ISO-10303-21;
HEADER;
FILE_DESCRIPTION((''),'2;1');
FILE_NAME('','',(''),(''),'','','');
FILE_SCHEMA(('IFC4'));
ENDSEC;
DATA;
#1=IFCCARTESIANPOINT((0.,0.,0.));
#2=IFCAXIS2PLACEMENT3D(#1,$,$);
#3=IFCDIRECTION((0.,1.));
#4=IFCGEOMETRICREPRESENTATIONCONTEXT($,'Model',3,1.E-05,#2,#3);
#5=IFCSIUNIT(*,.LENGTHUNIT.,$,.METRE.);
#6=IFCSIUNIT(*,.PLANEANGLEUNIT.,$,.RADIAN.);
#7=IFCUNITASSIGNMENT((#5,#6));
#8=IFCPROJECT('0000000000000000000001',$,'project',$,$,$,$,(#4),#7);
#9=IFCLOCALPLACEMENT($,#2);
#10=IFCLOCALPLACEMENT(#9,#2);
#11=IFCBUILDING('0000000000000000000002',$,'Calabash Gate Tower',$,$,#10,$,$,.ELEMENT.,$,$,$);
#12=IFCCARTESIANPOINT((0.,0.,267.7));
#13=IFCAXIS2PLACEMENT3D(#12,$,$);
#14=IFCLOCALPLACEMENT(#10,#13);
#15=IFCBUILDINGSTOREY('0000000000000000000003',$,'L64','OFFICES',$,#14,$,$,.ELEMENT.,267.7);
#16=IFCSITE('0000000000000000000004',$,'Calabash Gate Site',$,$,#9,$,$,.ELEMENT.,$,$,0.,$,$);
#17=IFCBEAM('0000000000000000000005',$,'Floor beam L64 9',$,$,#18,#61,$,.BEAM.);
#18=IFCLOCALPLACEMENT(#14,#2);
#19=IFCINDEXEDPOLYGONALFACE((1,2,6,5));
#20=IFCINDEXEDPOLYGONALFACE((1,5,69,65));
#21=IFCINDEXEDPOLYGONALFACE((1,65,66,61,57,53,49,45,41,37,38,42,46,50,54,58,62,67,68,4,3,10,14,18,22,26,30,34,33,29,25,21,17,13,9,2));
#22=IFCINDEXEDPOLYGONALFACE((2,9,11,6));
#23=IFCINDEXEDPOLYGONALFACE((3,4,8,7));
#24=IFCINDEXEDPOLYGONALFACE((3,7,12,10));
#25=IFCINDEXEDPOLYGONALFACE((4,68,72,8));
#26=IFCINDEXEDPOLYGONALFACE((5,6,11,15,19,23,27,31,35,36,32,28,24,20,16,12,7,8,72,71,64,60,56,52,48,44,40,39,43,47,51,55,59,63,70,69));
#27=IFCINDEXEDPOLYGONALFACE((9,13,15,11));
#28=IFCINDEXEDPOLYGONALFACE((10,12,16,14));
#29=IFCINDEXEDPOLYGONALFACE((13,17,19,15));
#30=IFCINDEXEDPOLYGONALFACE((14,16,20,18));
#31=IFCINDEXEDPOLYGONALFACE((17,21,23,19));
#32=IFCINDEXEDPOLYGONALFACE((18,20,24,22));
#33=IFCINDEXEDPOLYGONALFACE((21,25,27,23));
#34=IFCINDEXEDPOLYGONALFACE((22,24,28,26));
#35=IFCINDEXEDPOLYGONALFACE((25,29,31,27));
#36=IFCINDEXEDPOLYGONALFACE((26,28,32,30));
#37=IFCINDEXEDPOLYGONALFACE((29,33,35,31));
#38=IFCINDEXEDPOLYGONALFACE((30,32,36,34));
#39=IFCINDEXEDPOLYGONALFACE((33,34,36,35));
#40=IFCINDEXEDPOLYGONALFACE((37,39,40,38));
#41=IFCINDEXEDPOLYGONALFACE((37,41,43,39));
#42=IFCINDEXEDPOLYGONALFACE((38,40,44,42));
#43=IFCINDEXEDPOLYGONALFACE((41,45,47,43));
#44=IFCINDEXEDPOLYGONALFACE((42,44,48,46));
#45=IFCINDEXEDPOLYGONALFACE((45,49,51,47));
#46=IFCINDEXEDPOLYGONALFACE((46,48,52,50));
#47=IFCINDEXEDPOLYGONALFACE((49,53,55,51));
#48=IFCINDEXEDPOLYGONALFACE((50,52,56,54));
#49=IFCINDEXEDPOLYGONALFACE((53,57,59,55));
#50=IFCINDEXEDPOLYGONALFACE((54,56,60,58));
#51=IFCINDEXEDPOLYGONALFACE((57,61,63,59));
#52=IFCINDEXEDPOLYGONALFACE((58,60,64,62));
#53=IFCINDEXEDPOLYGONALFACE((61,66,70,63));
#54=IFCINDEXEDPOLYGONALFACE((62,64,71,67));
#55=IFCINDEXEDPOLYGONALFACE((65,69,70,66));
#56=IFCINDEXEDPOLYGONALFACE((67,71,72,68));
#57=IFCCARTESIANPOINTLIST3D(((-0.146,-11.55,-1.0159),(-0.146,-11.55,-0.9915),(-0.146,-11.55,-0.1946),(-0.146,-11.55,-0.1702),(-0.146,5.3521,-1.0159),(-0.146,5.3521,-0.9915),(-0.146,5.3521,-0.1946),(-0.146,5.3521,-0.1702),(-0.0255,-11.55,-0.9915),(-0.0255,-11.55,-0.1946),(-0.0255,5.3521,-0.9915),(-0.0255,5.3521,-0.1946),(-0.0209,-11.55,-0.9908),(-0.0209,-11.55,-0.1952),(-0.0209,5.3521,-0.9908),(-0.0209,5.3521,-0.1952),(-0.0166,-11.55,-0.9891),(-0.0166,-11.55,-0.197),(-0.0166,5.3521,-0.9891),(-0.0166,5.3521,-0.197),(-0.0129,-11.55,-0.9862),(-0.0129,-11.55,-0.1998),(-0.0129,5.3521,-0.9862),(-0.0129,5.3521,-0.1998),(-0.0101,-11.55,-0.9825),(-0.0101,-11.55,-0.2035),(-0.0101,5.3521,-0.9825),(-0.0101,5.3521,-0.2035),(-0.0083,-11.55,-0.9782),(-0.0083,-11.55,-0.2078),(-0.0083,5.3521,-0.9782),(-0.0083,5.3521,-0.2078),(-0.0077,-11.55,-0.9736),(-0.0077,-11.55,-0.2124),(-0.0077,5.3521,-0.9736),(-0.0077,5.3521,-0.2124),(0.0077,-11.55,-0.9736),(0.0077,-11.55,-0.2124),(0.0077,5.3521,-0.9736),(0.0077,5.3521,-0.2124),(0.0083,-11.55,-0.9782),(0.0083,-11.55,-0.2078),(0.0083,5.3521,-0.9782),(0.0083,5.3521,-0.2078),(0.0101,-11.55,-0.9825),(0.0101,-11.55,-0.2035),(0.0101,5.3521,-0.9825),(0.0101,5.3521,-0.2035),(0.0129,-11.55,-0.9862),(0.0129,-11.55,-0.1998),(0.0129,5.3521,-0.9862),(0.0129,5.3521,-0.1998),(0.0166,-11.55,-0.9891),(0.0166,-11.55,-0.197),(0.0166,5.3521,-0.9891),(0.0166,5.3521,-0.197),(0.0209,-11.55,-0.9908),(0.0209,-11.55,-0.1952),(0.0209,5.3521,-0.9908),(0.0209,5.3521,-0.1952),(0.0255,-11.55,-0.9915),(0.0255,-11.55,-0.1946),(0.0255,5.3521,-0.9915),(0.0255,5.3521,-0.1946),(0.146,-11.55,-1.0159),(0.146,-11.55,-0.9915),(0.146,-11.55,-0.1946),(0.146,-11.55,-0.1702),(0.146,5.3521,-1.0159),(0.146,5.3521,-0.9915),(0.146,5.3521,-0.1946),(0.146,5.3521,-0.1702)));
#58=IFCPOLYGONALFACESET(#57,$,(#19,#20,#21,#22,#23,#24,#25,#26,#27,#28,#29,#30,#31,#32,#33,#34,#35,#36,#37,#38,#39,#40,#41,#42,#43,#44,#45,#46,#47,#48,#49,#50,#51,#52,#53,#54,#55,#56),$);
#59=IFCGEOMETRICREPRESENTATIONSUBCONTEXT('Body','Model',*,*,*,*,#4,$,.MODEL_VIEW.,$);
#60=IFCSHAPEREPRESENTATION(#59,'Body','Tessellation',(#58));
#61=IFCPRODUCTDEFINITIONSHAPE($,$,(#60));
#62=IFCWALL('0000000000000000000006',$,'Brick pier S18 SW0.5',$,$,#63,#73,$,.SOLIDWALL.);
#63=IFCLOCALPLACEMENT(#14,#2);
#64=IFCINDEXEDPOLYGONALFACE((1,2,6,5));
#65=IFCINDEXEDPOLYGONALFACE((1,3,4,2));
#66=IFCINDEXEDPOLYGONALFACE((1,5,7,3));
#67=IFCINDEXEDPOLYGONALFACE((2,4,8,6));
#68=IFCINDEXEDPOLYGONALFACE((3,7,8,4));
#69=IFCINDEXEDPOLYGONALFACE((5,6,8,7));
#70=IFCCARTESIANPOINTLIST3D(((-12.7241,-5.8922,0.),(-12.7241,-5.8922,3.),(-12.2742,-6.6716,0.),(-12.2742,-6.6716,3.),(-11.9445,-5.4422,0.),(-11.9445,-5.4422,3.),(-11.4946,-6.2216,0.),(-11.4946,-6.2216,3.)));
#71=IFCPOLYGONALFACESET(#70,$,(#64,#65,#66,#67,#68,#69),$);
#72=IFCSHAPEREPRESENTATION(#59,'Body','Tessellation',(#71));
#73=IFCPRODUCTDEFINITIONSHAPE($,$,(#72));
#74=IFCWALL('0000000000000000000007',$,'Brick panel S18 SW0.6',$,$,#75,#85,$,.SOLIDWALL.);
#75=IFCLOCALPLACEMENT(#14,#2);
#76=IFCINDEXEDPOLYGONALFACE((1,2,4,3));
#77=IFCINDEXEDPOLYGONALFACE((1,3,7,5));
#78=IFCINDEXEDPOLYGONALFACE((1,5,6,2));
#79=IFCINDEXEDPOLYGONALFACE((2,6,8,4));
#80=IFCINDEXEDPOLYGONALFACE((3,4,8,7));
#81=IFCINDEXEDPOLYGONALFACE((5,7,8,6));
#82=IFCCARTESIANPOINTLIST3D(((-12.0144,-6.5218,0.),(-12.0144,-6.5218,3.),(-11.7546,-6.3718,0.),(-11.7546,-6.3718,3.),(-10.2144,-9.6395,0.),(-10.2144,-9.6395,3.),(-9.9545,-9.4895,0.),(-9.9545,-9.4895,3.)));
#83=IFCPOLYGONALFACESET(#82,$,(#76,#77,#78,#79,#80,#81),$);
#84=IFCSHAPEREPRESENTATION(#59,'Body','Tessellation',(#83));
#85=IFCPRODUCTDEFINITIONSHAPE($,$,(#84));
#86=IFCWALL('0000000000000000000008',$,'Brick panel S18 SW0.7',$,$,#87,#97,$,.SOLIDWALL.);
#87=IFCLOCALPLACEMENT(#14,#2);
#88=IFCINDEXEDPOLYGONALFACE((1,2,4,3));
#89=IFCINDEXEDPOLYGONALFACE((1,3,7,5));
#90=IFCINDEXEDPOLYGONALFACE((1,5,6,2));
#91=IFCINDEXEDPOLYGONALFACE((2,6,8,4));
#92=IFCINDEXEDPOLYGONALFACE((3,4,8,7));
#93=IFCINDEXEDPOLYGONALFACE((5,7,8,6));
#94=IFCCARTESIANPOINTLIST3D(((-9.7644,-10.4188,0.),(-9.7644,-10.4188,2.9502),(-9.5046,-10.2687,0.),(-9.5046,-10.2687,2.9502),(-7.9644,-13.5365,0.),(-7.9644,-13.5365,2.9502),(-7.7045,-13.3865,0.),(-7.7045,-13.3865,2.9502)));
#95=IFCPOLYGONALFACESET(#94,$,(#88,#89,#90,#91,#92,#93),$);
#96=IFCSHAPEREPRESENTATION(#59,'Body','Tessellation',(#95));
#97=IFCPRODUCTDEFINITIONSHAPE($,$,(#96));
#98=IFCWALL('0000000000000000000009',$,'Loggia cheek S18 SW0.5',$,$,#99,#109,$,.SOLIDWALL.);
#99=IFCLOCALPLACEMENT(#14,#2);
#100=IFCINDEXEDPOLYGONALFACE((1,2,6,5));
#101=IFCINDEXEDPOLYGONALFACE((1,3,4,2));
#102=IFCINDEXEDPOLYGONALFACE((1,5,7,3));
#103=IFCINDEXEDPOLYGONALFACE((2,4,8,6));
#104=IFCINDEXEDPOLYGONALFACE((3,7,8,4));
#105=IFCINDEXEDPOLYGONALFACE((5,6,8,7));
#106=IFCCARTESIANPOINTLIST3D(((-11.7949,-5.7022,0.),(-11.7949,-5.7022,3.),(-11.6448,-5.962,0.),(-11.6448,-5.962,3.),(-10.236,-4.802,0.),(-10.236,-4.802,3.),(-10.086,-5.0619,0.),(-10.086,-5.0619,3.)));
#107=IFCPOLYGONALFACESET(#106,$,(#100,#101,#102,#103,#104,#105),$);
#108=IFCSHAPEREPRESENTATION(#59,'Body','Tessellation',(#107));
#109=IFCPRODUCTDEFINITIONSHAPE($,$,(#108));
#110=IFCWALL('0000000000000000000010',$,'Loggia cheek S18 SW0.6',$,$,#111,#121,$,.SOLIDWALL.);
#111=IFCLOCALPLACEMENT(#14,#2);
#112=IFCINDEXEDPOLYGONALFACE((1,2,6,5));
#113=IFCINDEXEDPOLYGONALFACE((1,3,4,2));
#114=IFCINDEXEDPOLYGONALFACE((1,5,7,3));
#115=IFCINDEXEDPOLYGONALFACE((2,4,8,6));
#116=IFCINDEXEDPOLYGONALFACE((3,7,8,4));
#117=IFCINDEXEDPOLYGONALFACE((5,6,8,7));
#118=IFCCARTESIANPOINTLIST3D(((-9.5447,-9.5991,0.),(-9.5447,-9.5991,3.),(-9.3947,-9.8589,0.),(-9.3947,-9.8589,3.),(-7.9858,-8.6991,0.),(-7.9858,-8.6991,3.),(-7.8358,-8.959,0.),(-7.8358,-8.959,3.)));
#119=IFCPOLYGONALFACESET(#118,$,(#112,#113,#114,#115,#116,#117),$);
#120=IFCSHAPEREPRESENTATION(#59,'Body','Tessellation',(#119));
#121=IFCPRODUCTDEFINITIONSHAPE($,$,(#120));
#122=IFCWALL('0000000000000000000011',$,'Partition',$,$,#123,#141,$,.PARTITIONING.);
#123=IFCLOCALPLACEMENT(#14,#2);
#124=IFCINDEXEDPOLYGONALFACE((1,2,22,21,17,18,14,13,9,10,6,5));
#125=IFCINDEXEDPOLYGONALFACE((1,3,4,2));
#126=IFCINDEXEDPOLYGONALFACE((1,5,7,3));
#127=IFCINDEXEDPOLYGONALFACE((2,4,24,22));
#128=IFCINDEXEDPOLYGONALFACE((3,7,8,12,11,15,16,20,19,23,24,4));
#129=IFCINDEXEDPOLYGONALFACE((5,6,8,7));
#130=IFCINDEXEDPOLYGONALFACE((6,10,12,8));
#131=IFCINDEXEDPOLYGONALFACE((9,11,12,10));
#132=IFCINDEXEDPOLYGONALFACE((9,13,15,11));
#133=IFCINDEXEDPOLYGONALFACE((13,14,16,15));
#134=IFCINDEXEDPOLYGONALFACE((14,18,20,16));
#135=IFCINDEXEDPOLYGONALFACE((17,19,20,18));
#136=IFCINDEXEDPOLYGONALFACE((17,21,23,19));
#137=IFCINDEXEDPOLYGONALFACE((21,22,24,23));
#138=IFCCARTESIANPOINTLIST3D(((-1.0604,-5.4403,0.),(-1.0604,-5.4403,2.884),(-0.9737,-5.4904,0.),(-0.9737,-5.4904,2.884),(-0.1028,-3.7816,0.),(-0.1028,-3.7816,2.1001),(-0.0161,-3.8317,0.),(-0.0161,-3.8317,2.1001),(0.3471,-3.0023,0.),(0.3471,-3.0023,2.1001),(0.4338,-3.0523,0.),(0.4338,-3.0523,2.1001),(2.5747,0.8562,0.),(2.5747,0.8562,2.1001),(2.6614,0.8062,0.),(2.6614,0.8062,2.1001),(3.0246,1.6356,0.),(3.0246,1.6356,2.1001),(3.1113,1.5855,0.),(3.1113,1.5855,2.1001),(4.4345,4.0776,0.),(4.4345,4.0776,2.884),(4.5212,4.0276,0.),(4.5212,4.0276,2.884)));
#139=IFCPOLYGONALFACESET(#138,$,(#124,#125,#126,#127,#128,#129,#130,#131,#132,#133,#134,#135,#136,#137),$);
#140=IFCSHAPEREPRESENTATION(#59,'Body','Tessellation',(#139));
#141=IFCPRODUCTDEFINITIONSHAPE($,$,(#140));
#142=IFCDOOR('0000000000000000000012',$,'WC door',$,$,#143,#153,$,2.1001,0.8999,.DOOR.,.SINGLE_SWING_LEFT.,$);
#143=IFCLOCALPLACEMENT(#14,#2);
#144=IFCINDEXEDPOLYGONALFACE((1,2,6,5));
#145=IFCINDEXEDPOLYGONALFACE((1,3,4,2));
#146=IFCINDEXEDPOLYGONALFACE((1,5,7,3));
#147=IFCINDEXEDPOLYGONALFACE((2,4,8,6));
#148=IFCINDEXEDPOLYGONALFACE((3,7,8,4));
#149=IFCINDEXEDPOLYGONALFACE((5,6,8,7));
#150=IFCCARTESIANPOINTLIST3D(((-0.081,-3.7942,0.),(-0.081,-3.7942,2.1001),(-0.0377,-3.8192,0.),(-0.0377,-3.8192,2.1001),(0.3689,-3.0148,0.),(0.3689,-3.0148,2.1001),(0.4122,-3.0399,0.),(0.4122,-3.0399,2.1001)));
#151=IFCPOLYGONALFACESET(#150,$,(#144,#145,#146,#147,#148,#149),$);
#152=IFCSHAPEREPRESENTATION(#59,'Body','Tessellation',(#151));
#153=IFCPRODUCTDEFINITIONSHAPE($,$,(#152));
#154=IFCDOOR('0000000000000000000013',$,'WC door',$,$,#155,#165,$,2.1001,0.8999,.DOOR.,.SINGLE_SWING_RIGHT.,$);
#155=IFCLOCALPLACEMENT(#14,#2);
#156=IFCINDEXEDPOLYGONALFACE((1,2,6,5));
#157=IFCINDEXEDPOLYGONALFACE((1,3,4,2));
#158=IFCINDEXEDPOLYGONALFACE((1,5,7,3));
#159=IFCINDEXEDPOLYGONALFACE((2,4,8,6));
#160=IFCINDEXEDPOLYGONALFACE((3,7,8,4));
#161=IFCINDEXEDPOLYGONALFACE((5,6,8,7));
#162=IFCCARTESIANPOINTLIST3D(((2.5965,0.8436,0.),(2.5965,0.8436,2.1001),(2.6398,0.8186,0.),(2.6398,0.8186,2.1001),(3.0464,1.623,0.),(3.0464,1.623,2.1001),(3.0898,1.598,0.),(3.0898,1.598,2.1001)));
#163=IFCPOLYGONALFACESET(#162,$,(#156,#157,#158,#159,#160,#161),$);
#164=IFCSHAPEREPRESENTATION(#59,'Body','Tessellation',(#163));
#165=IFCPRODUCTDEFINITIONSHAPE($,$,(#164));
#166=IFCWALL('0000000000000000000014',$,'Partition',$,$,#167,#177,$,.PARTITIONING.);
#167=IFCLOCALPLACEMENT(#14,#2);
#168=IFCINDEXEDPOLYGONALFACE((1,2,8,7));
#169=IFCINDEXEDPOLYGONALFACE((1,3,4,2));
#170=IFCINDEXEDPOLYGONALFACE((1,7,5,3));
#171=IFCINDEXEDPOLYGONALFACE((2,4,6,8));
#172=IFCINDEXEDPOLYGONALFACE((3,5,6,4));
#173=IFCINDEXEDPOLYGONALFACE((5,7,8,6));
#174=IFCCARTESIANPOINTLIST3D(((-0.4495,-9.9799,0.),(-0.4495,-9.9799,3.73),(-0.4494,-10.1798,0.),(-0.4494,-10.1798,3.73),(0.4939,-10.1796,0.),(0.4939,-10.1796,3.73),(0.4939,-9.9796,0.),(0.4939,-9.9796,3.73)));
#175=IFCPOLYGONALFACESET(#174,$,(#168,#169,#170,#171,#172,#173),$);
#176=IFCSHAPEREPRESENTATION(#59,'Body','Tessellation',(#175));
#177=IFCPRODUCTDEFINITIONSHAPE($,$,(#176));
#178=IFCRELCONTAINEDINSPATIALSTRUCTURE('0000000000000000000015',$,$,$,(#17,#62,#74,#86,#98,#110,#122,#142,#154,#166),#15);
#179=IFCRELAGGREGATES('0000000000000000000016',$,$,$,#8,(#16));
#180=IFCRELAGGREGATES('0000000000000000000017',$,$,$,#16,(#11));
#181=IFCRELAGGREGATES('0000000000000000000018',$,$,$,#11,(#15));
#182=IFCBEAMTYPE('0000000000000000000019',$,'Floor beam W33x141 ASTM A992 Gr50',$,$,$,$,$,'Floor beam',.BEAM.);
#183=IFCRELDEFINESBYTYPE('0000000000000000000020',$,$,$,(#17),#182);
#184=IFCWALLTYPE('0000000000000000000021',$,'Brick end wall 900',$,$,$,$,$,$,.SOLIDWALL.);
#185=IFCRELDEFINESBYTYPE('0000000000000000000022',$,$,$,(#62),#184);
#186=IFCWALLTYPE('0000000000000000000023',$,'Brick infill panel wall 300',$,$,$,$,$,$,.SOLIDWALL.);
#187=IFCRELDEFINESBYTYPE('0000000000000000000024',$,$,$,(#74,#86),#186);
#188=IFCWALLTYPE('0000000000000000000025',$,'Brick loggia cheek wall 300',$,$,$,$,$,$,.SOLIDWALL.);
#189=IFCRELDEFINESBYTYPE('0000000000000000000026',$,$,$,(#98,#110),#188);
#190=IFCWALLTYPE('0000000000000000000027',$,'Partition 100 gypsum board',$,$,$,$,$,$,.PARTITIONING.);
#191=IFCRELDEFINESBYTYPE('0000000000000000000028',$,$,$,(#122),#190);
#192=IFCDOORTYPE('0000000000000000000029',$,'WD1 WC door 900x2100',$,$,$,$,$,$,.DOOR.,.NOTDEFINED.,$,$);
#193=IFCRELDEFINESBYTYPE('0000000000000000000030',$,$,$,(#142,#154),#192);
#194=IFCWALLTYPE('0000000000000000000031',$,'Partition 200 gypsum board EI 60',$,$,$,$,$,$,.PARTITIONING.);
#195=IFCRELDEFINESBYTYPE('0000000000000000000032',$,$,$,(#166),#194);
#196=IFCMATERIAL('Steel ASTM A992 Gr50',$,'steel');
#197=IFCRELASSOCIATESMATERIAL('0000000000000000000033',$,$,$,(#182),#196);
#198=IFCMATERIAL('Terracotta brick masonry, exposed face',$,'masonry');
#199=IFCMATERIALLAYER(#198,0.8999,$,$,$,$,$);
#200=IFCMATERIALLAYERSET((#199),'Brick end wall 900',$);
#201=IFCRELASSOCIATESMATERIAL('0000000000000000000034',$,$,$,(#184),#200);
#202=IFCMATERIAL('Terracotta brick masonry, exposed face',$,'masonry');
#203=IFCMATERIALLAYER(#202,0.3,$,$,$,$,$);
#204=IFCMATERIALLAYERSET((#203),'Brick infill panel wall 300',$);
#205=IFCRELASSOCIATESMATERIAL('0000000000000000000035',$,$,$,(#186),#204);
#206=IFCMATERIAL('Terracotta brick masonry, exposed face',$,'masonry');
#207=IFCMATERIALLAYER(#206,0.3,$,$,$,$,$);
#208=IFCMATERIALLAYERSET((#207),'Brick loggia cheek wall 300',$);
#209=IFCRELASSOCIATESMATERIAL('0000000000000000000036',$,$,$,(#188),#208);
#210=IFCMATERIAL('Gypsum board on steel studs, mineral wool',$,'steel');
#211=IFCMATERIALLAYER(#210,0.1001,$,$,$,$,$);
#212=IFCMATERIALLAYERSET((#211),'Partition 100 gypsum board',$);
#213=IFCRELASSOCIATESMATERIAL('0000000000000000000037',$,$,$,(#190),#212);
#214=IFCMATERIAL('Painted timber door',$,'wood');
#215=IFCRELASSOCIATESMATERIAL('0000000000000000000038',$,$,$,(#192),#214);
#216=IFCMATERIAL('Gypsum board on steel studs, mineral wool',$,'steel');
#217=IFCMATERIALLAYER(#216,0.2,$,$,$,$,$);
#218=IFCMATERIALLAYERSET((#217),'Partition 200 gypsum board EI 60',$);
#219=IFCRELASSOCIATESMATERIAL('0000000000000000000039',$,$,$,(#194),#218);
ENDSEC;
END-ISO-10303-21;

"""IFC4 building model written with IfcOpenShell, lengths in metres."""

from ifc_helpers import new_model, si_unit, direction, frame, frame_2d, origin, origin_2d, place, context, subcontext, project, spatial, rectangle, i_section, extrude, material, layer, layer_set, material_profile, profile_set, type_object, element, fill, save


model = new_model("IFC4")

# Units and contexts
model_context = context("Model", 3, precision=1e-05, world=origin(), true_north=direction((0.0, 1.0)))
body_context = subcontext(model_context, "Body", "Model", "MODEL_VIEW")
ifc_project = project(units=[si_unit("LENGTHUNIT", "METRE"), si_unit("PLANEANGLEUNIT", "RADIAN")], contexts=[model_context])

# Site, building, storey
site_placement = place(None, origin())
site = spatial("IfcSite", under=ifc_project, at=site_placement, Name="Calabash Gate Site", CompositionType="ELEMENT", RefElevation=0.0)
building_placement = place(site_placement, origin())
building = spatial("IfcBuilding", under=site, at=building_placement, Name="Calabash Gate Tower", CompositionType="ELEMENT")
storey_placement = place(building_placement, frame((0.0, 0.0, 267.7)))
storey = spatial("IfcBuildingStorey", under=building, at=storey_placement, Name="L64", Description="OFFICES", CompositionType="ELEMENT", Elevation=267.7)

# Beam
ifc_material_1 = material(Name="Steel ASTM A992 Gr50", Category="steel")
ifc_material_profile_1 = material_profile(ifc_material_1, i_section(OverallWidth=0.292, OverallDepth=0.8457, WebThickness=0.0154, FlangeThickness=0.0244, FilletRadius=0.0178, at=origin_2d()))
ifc_profile_set_1 = profile_set([ifc_material_profile_1], Name="Steel ASTM A992 Gr50")
beam_type_1 = type_object("IfcBeamType", Name="Floor beam W33x141 ASTM A992 Gr50", ElementType="Floor beam", PredefinedType="BEAM", material=ifc_profile_set_1)
beam_1_placement = place(storey_placement, frame((0.0, -11.55, -0.593), z_axis=(0.0, 1.0, 0.0), x_axis=(-1.0, 0.0, 0.0)))
element("IfcBeam", 1, at=beam_1_placement, inside=storey, type_object=beam_type_1, Name="Floor beam L64 9", PredefinedType="BEAM", context=body_context, shape_type="SweptSolid", body=[
    extrude(i_section(OverallWidth=0.292, OverallDepth=0.8457, WebThickness=0.0154, FlangeThickness=0.0244, FilletRadius=0.0178, at=origin_2d()), origin(), (0.0, 0.0, 1.0), 16.9021),
])

# Walls
ifc_material_2 = material(Name="Terracotta brick masonry, exposed face", Category="masonry")
ifc_layer_1 = layer(ifc_material_2, 0.8999)
ifc_layer_set_1 = layer_set([ifc_layer_1], Name="Brick end wall 900")
wall_type_1 = type_object("IfcWallType", Name="Brick end wall 900", PredefinedType="SOLIDWALL", material=ifc_layer_set_1)
wall_1_placement = place(storey_placement, frame((-12.4993, -6.282, 0.0), z_axis=(0.0, 0.0, 1.0), x_axis=(0.866082, 0.499902, 0.0)))
element("IfcWall", 2, at=wall_1_placement, inside=storey, type_object=wall_type_1, Name="Brick pier S18 SW0.5", PredefinedType="SOLIDWALL", context=body_context, shape_type="SweptSolid", body=[
    extrude(rectangle(XDim=0.9001, YDim=0.8999, at=frame_2d((0.4502, 0.0))), origin(), (0.0, 0.0, 1.0), 3.0),
])
ifc_material_3 = material(Name="Terracotta brick masonry, exposed face", Category="masonry")
ifc_layer_2 = layer(ifc_material_3, 0.3)
ifc_layer_set_2 = layer_set([ifc_layer_2], Name="Brick infill panel wall 300")
wall_type_2 = type_object("IfcWallType", Name="Brick infill panel wall 300", PredefinedType="SOLIDWALL", material=ifc_layer_set_2)
wall_2_placement = place(storey_placement, frame((-11.8845, -6.4468, 0.0), z_axis=(0.0, 0.0, 1.0), x_axis=(0.500012, -0.866018, 0.0)))
element("IfcWall", 3, at=wall_2_placement, inside=storey, type_object=wall_type_2, Name="Brick panel S18 SW0.6", PredefinedType="SOLIDWALL", context=body_context, shape_type="SweptSolid", body=[
    extrude(rectangle(XDim=3.6001, YDim=0.3, at=frame_2d((1.8, 0.0))), origin(), (0.0, 0.0, 1.0), 3.0),
])
wall_3_placement = place(storey_placement, frame((-9.6345, -10.3438, 0.0), z_axis=(0.0, 0.0, 1.0), x_axis=(0.500012, -0.866018, 0.0)))
element("IfcWall", 4, at=wall_3_placement, inside=storey, type_object=wall_type_2, Name="Brick panel S18 SW0.7", PredefinedType="SOLIDWALL", context=body_context, shape_type="SweptSolid", body=[
    extrude(rectangle(XDim=3.6001, YDim=0.3, at=frame_2d((1.8, 0.0))), origin(), (0.0, 0.0, 1.0), 2.9502),
])
ifc_material_4 = material(Name="Terracotta brick masonry, exposed face", Category="masonry")
ifc_layer_3 = layer(ifc_material_4, 0.3)
ifc_layer_set_3 = layer_set([ifc_layer_3], Name="Brick loggia cheek wall 300")
wall_type_3 = type_object("IfcWallType", Name="Brick loggia cheek wall 300", PredefinedType="SOLIDWALL", material=ifc_layer_set_3)
for number, where, z_axis, x_axis, name in (
    (5, (-11.7197, -5.832, 0.0), (0.0, 0.0, 1.0), (0.865989, 0.500063, 0.0), "Loggia cheek S18 SW0.5"),
    (6, (-7.9109, -8.8291, 0.0), (0.0, 0.0, 1.0), (-0.866048, -0.499961, 0.0), "Loggia cheek S18 SW0.6"),
):
    element("IfcWall", number, at=place(storey_placement, frame(where, z_axis=z_axis, x_axis=x_axis)), inside=storey, type_object=wall_type_3, Name=name, PredefinedType="SOLIDWALL", context=body_context, shape_type="SweptSolid", body=[
        extrude(rectangle(XDim=1.8, YDim=0.3, at=frame_2d((0.8999, 0.0))), origin(), (0.0, 0.0, 1.0), 3.0),
    ])

# Wall, openings, doors
ifc_material_5 = material(Name="Gypsum board on steel studs, mineral wool", Category="steel")
ifc_layer_4 = layer(ifc_material_5, 0.1001)
ifc_layer_set_4 = layer_set([ifc_layer_4], Name="Partition 100 gypsum board")
wall_type_4 = type_object("IfcWallType", Name="Partition 100 gypsum board", PredefinedType="PARTITIONING", material=ifc_layer_set_4)
wall_4_placement = place(storey_placement, frame((-1.0171, -5.4653, 0.0), z_axis=(0.0, 0.0, 1.0), x_axis=(0.499983, 0.866035, 0.0)))
wall_4 = element("IfcWall", 7, at=wall_4_placement, inside=storey, type_object=wall_type_4, Name="Partition", PredefinedType="PARTITIONING", context=body_context, shape_type="SweptSolid", body=[
    extrude(rectangle(XDim=10.9902, YDim=0.1001, at=frame_2d((5.4951, 0.0))), origin(), (0.0, 0.0, 1.0), 2.884),
])
opening_1_placement = place(wall_4_placement, frame((1.9153, 0.0, 0.0)))
opening_1 = element("IfcOpeningElement", 8, at=opening_1_placement, cuts=wall_4, PredefinedType="OPENING", context=body_context, shape_type="SweptSolid", body=[
    extrude(rectangle(XDim=0.8999, YDim=2.1001, at=frame_2d((0.45, 1.05))), frame((0.0, 0.0601, 0.0), z_axis=(0.0, -1.0, 0.0), x_axis=(1.0, 0.0, 0.0)), (0.0, 0.0, 1.0), 0.1201),
])
opening_2_placement = place(wall_4_placement, frame((7.2705, 0.0, 0.0)))
opening_2 = element("IfcOpeningElement", 9, at=opening_2_placement, cuts=wall_4, PredefinedType="OPENING", context=body_context, shape_type="SweptSolid", body=[
    extrude(rectangle(XDim=0.8999, YDim=2.1001, at=frame_2d((0.45, 1.05))), frame((0.0, 0.0601, 0.0), z_axis=(0.0, -1.0, 0.0), x_axis=(1.0, 0.0, 0.0)), (0.0, 0.0, 1.0), 0.1201),
])
ifc_material_6 = material(Name="Painted timber door", Category="wood")
door_type = type_object("IfcDoorType", Name="WD1 WC door 900x2100", OperationType="NOTDEFINED", PredefinedType="DOOR", material=ifc_material_6)
door_1_placement = place(opening_1_placement, origin())
door_1 = element("IfcDoor", 10, at=door_1_placement, inside=storey, type_object=door_type, Name="WC door", OperationType="SINGLE_SWING_LEFT", OverallHeight=2.1001, OverallWidth=0.8999, PredefinedType="DOOR", context=body_context, shape_type="SweptSolid", body=[
    extrude(rectangle(XDim=0.8999, YDim=2.1001, at=frame_2d((0.45, 1.05))), frame((0.0, 0.0249, 0.0), z_axis=(0.0, -1.0, 0.0), x_axis=(1.0, 0.0, 0.0)), (0.0, 0.0, 1.0), 0.05),
])
fill(opening_1, door_1)
door_2_placement = place(opening_2_placement, origin())
door_2 = element("IfcDoor", 11, at=door_2_placement, inside=storey, type_object=door_type, Name="WC door", OperationType="SINGLE_SWING_RIGHT", OverallHeight=2.1001, OverallWidth=0.8999, PredefinedType="DOOR", context=body_context, shape_type="SweptSolid", body=[
    extrude(rectangle(XDim=0.8999, YDim=2.1001, at=frame_2d((0.45, 1.05))), frame((0.0, 0.0249, 0.0), z_axis=(0.0, -1.0, 0.0), x_axis=(1.0, 0.0, 0.0)), (0.0, 0.0, 1.0), 0.05),
])
fill(opening_2, door_2)

# Wall
ifc_material_7 = material(Name="Gypsum board on steel studs, mineral wool", Category="steel")
ifc_layer_5 = layer(ifc_material_7, 0.2)
ifc_layer_set_5 = layer_set([ifc_layer_5], Name="Partition 200 gypsum board EI 60")
wall_type_5 = type_object("IfcWallType", Name="Partition 200 gypsum board EI 60", PredefinedType="PARTITIONING", material=ifc_layer_set_5)
wall_5_placement = place(storey_placement, frame((-0.4495, -10.0798, 0.0), z_axis=(0.0, 0.0, 1.0), x_axis=(1.0, 0.000259, 0.0)))
element("IfcWall", 12, at=wall_5_placement, inside=storey, type_object=wall_type_5, Name="Partition", PredefinedType="PARTITIONING", context=body_context, shape_type="SweptSolid", body=[
    extrude(rectangle(XDim=0.9434, YDim=0.2, at=frame_2d((0.4717, 0.0))), origin(), (0.0, 0.0, 1.0), 3.73),
])

save(model, "model.ifc")
